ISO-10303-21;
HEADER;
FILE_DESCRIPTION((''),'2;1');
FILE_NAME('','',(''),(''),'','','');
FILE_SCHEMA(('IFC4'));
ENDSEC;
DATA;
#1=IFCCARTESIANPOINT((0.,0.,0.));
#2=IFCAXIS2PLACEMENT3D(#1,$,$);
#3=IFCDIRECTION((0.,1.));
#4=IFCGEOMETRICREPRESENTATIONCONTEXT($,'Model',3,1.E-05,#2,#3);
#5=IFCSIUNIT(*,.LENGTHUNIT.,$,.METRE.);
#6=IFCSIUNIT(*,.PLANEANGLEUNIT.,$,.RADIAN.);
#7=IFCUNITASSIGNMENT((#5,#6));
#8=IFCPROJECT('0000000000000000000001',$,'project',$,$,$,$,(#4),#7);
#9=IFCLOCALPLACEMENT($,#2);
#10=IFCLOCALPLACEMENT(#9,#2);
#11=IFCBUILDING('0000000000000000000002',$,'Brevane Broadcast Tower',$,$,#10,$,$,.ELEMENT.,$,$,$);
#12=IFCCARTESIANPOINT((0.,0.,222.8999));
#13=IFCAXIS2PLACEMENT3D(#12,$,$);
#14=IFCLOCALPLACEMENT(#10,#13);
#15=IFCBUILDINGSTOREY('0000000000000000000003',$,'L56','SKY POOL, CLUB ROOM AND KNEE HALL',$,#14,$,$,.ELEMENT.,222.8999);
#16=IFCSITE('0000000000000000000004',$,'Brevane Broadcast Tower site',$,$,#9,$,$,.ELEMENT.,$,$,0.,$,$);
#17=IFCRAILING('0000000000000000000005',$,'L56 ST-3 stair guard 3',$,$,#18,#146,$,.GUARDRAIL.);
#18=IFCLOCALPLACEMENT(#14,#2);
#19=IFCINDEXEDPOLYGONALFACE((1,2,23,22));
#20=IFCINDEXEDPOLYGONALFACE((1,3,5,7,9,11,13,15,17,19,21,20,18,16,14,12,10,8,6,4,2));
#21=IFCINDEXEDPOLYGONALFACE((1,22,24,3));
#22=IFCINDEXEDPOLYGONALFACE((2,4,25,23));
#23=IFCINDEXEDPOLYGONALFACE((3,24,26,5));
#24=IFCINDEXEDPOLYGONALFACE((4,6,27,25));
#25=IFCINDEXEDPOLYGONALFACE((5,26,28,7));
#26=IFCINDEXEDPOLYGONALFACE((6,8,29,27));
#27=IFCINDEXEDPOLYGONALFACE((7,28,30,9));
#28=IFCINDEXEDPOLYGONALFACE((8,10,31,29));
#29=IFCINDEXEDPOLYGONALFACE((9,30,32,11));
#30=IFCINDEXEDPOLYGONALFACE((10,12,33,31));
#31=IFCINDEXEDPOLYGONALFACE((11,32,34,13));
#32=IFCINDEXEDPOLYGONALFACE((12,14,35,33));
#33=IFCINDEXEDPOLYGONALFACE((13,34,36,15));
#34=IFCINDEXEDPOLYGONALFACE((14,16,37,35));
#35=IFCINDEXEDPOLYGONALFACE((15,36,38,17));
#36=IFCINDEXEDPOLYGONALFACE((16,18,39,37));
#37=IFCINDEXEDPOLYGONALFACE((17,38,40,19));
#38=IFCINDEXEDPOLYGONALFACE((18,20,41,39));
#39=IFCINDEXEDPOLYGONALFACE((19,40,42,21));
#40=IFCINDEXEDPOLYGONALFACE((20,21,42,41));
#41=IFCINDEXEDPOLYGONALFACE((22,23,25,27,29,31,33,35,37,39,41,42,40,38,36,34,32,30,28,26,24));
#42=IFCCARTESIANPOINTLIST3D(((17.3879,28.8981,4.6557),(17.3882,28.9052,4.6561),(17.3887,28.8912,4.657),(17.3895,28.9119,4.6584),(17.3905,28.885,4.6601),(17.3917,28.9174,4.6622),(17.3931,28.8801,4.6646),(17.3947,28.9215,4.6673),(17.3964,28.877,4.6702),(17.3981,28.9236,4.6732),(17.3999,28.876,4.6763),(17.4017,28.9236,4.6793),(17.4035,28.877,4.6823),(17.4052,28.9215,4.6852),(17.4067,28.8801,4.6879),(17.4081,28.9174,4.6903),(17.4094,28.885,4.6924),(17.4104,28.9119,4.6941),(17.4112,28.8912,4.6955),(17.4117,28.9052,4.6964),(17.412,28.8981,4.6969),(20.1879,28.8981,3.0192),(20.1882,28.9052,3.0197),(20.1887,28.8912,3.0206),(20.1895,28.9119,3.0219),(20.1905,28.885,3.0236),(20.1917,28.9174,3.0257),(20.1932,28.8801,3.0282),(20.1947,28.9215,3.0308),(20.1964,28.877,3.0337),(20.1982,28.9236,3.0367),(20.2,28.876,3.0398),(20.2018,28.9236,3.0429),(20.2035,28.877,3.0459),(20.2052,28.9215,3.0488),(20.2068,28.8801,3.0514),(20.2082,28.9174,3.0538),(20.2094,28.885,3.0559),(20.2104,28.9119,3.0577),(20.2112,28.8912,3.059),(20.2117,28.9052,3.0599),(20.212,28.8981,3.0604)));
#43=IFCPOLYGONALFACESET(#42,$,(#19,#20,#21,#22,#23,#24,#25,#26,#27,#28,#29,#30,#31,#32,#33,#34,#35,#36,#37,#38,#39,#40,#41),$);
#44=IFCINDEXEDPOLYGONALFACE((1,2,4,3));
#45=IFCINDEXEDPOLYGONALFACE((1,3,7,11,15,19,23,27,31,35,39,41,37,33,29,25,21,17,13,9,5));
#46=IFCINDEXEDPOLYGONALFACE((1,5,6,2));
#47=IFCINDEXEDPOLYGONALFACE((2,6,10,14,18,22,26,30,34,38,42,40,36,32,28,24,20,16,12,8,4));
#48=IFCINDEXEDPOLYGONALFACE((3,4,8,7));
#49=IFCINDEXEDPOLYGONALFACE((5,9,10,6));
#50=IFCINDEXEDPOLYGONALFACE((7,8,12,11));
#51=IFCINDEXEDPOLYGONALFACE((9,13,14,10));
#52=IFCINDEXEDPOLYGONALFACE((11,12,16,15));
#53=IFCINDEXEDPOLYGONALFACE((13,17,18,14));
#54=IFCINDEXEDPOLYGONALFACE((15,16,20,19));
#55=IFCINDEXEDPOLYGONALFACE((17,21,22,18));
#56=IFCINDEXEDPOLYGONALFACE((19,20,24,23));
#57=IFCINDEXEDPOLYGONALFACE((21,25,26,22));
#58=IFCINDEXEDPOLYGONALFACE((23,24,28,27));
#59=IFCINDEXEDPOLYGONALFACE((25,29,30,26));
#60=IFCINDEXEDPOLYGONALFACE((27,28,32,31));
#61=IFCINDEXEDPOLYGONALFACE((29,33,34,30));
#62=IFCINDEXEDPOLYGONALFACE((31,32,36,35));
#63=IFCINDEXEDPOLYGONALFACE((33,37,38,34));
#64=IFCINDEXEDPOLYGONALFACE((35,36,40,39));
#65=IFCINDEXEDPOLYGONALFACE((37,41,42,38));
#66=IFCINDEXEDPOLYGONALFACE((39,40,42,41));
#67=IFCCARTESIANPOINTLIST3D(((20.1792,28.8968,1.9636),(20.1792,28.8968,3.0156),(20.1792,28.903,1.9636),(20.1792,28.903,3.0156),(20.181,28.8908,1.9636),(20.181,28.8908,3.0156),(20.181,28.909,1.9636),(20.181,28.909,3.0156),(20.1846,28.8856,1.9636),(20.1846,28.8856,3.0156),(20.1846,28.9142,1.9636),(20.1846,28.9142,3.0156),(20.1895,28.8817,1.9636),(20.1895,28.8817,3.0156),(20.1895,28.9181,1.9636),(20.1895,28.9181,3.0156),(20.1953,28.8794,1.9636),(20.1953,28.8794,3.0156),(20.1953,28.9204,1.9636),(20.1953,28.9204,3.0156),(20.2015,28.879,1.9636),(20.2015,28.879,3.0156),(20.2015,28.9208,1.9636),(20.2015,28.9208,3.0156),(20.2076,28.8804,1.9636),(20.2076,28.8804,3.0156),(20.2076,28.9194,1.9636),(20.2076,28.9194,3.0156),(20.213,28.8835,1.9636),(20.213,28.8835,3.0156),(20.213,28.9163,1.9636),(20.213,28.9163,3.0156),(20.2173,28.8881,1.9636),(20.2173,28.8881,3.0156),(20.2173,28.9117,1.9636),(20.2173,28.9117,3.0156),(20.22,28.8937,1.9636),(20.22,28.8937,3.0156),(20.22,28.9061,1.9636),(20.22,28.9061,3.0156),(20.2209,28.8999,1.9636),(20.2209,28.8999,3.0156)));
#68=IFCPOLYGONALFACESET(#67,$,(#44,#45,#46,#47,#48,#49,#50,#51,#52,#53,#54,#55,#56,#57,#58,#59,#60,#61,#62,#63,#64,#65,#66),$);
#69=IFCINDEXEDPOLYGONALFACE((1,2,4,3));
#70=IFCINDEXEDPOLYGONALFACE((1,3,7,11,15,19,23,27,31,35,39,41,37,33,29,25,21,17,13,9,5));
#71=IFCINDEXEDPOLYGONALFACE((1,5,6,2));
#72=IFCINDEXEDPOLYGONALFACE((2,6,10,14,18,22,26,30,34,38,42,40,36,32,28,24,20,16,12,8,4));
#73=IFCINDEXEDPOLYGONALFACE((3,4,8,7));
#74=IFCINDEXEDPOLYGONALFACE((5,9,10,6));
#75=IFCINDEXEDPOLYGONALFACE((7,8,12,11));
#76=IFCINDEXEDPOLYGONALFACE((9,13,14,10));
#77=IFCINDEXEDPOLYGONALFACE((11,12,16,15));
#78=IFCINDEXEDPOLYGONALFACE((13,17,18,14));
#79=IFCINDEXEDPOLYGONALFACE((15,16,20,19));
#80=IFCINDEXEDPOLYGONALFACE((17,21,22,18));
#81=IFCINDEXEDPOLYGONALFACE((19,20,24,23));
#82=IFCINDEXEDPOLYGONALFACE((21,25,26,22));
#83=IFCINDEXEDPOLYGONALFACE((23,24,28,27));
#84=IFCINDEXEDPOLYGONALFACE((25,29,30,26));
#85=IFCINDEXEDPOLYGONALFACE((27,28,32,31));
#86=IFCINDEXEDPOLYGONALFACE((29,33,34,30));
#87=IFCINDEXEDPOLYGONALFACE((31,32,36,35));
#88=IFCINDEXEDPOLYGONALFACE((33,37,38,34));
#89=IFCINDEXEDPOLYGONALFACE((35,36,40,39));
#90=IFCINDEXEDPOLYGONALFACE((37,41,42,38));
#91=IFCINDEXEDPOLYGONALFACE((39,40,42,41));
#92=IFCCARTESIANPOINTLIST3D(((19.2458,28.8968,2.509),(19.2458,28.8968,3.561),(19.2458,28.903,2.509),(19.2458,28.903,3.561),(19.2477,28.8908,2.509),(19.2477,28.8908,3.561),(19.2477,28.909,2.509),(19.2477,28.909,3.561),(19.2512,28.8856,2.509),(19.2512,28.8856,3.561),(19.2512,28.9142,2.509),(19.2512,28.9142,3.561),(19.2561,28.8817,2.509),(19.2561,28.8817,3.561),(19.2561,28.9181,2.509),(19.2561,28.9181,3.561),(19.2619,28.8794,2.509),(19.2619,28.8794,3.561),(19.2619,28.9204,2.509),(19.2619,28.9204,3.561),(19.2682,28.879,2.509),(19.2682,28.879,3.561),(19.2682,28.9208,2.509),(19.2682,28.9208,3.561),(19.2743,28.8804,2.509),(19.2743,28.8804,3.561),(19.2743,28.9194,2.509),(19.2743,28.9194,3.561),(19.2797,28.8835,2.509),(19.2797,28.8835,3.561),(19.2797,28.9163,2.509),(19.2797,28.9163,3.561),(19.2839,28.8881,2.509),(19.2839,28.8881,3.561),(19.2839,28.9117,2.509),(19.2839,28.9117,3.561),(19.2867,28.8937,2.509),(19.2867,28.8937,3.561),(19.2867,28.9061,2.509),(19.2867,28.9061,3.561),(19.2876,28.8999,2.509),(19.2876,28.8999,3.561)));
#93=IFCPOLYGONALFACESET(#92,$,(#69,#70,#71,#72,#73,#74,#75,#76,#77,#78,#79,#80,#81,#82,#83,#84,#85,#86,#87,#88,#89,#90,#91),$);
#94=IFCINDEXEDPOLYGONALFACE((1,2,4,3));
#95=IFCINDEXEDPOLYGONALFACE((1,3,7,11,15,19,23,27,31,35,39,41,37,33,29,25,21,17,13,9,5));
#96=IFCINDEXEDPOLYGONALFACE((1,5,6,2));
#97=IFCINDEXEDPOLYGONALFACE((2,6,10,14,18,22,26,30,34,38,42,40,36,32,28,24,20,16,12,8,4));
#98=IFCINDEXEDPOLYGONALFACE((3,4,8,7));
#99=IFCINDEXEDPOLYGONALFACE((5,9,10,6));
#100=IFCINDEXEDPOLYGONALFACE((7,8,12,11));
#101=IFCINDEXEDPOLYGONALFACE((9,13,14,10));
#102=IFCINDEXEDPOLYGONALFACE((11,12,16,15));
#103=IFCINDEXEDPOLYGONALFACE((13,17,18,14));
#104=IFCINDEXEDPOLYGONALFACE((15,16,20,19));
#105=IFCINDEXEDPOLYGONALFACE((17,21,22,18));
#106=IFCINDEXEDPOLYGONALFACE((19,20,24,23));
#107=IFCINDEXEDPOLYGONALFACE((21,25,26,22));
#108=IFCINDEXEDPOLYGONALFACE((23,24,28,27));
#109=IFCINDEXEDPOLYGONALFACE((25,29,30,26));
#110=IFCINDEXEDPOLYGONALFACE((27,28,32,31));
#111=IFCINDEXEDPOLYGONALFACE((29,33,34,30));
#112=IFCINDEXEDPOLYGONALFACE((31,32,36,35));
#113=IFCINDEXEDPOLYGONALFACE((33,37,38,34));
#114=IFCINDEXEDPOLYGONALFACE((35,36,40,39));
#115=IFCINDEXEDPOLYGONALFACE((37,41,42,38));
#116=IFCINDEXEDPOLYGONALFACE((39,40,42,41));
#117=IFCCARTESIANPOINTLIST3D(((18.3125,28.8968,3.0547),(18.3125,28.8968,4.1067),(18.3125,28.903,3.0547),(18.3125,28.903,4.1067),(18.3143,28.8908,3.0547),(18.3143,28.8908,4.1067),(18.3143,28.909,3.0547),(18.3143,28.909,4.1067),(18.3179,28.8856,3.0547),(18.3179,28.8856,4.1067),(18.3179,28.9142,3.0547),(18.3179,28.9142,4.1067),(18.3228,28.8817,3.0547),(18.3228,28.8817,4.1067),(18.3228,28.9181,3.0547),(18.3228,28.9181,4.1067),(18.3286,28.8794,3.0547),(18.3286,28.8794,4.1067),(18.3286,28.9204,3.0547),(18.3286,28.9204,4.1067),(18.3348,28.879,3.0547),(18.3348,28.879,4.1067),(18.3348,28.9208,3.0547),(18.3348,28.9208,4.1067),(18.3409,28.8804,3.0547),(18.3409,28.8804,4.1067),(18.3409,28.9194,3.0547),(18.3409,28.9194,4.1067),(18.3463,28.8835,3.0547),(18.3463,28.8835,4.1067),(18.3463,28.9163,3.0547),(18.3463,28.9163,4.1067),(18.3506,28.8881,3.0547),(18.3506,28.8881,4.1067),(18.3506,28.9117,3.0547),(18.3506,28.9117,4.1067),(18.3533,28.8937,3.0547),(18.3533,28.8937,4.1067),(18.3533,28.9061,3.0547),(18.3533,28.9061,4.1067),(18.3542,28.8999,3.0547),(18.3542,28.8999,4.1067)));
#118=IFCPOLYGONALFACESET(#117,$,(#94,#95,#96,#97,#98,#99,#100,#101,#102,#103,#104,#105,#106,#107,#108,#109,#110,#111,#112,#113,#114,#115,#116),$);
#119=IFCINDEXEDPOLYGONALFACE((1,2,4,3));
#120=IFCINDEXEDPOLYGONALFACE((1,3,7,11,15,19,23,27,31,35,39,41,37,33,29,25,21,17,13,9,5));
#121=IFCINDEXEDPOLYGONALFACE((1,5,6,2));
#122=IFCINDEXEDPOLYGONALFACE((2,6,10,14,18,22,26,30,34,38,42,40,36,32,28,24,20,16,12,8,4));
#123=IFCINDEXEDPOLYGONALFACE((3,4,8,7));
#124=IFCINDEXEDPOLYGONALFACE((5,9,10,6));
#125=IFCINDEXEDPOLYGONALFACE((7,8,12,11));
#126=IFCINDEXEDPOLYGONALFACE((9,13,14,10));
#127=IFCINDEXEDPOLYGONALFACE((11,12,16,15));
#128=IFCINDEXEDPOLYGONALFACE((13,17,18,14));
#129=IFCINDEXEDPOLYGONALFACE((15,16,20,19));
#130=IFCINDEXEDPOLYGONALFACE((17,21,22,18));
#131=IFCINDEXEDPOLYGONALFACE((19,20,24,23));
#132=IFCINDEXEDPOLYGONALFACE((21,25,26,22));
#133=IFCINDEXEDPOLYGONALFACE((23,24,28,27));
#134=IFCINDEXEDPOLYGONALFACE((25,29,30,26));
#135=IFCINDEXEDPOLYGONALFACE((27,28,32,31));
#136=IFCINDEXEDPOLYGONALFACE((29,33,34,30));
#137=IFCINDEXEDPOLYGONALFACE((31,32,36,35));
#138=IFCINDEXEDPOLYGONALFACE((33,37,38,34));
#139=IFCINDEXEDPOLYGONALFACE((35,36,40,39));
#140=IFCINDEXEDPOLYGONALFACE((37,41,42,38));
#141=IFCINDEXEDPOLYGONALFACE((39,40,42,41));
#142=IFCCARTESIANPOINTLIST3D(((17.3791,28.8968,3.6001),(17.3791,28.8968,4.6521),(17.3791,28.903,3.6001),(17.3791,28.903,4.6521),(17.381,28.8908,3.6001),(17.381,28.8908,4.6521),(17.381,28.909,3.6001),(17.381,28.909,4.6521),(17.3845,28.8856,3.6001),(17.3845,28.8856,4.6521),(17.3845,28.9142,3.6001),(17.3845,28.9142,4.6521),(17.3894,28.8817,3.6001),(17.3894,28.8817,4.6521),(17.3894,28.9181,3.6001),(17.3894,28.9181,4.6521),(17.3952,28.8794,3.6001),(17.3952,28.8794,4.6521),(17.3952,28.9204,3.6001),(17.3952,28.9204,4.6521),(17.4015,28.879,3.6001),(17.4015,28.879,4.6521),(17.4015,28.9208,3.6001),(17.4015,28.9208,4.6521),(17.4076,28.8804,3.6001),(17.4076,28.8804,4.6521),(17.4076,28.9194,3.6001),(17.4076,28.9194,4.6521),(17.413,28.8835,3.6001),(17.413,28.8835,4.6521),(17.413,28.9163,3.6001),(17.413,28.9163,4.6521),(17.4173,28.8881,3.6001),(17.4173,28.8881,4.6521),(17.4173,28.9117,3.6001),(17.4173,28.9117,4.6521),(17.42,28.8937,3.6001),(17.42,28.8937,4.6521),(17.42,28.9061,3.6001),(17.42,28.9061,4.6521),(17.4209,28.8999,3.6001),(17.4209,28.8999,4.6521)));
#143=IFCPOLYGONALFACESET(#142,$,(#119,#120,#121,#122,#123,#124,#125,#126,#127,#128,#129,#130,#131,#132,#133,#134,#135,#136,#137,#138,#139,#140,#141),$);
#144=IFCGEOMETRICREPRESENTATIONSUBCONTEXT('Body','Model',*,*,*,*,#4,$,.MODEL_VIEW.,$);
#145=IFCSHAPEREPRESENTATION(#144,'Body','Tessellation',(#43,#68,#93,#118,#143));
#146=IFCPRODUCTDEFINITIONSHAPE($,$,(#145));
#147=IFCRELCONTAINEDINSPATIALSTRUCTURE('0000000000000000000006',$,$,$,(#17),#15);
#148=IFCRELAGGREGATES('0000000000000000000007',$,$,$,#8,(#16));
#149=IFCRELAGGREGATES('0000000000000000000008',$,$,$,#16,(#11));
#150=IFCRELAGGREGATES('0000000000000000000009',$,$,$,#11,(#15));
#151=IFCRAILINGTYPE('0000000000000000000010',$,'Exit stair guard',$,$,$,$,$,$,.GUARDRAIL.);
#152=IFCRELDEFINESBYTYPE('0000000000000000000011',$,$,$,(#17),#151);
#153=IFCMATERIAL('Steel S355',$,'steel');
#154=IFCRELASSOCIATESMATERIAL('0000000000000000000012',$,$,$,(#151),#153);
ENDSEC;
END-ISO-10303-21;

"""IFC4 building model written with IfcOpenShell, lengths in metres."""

from ifc_helpers import new_model, si_unit, direction, frame, origin, origin_2d, place, context, subcontext, project, spatial, circle, extrude, material, type_object, element, save


model = new_model("IFC4")

# Units and contexts
model_context = context("Model", 3, precision=1e-05, world=origin(), true_north=direction((0.0, 1.0)))
body_context = subcontext(model_context, "Body", "Model", "MODEL_VIEW")
ifc_project = project(units=[si_unit("LENGTHUNIT", "METRE"), si_unit("PLANEANGLEUNIT", "RADIAN")], contexts=[model_context])

# Site, building, storey
site_placement = place(None, origin())
site = spatial("IfcSite", under=ifc_project, at=site_placement, Name="Brevane Broadcast Tower site", CompositionType="ELEMENT", RefElevation=0.0)
building_placement = place(site_placement, origin())
building = spatial("IfcBuilding", under=site, at=building_placement, Name="Brevane Broadcast Tower", CompositionType="ELEMENT")
storey_placement = place(building_placement, frame((0.0, 0.0, 222.8999)))
storey = spatial("IfcBuildingStorey", under=building, at=storey_placement, Name="L56", Description="SKY POOL, CLUB ROOM AND KNEE HALL", CompositionType="ELEMENT", Elevation=222.8999)

# Railing
ifc_material_1 = material(Name="Steel S355", Category="steel")
railing_type_1 = type_object("IfcRailingType", Name="Exit stair guard", PredefinedType="GUARDRAIL", material=ifc_material_1)
railing_1_placement = place(storey_placement, frame((20.2, 28.8999, 1.9636)))
element("IfcRailing", 1, at=railing_1_placement, inside=storey, type_object=railing_type_1, Name="L56 ST-3 stair guard 3", PredefinedType="GUARDRAIL", context=body_context, shape_type="SweptSolid", body=[
    extrude(circle(Radius=0.0239, at=origin_2d()), frame((0.0, 0.0, 1.0762), z_axis=(-0.863361, 0.0, 0.504587), x_axis=(0.0, -1.0, 0.0)), (0.0, 0.0, 1.0), 3.2432),
    extrude(circle(Radius=0.021, at=origin_2d()), origin(), (0.0, 0.0, 1.0), 1.052),
    extrude(circle(Radius=0.021, at=origin_2d()), frame((-0.9333, 0.0, 0.5454)), (0.0, 0.0, 1.0), 1.052),
    extrude(circle(Radius=0.021, at=origin_2d()), frame((-1.8667, 0.0, 1.0911)), (0.0, 0.0, 1.0), 1.052),
    extrude(circle(Radius=0.021, at=origin_2d()), frame((-2.8, 0.0, 1.6365)), (0.0, 0.0, 1.0), 1.052),
])

save(model, "model.ifc")
